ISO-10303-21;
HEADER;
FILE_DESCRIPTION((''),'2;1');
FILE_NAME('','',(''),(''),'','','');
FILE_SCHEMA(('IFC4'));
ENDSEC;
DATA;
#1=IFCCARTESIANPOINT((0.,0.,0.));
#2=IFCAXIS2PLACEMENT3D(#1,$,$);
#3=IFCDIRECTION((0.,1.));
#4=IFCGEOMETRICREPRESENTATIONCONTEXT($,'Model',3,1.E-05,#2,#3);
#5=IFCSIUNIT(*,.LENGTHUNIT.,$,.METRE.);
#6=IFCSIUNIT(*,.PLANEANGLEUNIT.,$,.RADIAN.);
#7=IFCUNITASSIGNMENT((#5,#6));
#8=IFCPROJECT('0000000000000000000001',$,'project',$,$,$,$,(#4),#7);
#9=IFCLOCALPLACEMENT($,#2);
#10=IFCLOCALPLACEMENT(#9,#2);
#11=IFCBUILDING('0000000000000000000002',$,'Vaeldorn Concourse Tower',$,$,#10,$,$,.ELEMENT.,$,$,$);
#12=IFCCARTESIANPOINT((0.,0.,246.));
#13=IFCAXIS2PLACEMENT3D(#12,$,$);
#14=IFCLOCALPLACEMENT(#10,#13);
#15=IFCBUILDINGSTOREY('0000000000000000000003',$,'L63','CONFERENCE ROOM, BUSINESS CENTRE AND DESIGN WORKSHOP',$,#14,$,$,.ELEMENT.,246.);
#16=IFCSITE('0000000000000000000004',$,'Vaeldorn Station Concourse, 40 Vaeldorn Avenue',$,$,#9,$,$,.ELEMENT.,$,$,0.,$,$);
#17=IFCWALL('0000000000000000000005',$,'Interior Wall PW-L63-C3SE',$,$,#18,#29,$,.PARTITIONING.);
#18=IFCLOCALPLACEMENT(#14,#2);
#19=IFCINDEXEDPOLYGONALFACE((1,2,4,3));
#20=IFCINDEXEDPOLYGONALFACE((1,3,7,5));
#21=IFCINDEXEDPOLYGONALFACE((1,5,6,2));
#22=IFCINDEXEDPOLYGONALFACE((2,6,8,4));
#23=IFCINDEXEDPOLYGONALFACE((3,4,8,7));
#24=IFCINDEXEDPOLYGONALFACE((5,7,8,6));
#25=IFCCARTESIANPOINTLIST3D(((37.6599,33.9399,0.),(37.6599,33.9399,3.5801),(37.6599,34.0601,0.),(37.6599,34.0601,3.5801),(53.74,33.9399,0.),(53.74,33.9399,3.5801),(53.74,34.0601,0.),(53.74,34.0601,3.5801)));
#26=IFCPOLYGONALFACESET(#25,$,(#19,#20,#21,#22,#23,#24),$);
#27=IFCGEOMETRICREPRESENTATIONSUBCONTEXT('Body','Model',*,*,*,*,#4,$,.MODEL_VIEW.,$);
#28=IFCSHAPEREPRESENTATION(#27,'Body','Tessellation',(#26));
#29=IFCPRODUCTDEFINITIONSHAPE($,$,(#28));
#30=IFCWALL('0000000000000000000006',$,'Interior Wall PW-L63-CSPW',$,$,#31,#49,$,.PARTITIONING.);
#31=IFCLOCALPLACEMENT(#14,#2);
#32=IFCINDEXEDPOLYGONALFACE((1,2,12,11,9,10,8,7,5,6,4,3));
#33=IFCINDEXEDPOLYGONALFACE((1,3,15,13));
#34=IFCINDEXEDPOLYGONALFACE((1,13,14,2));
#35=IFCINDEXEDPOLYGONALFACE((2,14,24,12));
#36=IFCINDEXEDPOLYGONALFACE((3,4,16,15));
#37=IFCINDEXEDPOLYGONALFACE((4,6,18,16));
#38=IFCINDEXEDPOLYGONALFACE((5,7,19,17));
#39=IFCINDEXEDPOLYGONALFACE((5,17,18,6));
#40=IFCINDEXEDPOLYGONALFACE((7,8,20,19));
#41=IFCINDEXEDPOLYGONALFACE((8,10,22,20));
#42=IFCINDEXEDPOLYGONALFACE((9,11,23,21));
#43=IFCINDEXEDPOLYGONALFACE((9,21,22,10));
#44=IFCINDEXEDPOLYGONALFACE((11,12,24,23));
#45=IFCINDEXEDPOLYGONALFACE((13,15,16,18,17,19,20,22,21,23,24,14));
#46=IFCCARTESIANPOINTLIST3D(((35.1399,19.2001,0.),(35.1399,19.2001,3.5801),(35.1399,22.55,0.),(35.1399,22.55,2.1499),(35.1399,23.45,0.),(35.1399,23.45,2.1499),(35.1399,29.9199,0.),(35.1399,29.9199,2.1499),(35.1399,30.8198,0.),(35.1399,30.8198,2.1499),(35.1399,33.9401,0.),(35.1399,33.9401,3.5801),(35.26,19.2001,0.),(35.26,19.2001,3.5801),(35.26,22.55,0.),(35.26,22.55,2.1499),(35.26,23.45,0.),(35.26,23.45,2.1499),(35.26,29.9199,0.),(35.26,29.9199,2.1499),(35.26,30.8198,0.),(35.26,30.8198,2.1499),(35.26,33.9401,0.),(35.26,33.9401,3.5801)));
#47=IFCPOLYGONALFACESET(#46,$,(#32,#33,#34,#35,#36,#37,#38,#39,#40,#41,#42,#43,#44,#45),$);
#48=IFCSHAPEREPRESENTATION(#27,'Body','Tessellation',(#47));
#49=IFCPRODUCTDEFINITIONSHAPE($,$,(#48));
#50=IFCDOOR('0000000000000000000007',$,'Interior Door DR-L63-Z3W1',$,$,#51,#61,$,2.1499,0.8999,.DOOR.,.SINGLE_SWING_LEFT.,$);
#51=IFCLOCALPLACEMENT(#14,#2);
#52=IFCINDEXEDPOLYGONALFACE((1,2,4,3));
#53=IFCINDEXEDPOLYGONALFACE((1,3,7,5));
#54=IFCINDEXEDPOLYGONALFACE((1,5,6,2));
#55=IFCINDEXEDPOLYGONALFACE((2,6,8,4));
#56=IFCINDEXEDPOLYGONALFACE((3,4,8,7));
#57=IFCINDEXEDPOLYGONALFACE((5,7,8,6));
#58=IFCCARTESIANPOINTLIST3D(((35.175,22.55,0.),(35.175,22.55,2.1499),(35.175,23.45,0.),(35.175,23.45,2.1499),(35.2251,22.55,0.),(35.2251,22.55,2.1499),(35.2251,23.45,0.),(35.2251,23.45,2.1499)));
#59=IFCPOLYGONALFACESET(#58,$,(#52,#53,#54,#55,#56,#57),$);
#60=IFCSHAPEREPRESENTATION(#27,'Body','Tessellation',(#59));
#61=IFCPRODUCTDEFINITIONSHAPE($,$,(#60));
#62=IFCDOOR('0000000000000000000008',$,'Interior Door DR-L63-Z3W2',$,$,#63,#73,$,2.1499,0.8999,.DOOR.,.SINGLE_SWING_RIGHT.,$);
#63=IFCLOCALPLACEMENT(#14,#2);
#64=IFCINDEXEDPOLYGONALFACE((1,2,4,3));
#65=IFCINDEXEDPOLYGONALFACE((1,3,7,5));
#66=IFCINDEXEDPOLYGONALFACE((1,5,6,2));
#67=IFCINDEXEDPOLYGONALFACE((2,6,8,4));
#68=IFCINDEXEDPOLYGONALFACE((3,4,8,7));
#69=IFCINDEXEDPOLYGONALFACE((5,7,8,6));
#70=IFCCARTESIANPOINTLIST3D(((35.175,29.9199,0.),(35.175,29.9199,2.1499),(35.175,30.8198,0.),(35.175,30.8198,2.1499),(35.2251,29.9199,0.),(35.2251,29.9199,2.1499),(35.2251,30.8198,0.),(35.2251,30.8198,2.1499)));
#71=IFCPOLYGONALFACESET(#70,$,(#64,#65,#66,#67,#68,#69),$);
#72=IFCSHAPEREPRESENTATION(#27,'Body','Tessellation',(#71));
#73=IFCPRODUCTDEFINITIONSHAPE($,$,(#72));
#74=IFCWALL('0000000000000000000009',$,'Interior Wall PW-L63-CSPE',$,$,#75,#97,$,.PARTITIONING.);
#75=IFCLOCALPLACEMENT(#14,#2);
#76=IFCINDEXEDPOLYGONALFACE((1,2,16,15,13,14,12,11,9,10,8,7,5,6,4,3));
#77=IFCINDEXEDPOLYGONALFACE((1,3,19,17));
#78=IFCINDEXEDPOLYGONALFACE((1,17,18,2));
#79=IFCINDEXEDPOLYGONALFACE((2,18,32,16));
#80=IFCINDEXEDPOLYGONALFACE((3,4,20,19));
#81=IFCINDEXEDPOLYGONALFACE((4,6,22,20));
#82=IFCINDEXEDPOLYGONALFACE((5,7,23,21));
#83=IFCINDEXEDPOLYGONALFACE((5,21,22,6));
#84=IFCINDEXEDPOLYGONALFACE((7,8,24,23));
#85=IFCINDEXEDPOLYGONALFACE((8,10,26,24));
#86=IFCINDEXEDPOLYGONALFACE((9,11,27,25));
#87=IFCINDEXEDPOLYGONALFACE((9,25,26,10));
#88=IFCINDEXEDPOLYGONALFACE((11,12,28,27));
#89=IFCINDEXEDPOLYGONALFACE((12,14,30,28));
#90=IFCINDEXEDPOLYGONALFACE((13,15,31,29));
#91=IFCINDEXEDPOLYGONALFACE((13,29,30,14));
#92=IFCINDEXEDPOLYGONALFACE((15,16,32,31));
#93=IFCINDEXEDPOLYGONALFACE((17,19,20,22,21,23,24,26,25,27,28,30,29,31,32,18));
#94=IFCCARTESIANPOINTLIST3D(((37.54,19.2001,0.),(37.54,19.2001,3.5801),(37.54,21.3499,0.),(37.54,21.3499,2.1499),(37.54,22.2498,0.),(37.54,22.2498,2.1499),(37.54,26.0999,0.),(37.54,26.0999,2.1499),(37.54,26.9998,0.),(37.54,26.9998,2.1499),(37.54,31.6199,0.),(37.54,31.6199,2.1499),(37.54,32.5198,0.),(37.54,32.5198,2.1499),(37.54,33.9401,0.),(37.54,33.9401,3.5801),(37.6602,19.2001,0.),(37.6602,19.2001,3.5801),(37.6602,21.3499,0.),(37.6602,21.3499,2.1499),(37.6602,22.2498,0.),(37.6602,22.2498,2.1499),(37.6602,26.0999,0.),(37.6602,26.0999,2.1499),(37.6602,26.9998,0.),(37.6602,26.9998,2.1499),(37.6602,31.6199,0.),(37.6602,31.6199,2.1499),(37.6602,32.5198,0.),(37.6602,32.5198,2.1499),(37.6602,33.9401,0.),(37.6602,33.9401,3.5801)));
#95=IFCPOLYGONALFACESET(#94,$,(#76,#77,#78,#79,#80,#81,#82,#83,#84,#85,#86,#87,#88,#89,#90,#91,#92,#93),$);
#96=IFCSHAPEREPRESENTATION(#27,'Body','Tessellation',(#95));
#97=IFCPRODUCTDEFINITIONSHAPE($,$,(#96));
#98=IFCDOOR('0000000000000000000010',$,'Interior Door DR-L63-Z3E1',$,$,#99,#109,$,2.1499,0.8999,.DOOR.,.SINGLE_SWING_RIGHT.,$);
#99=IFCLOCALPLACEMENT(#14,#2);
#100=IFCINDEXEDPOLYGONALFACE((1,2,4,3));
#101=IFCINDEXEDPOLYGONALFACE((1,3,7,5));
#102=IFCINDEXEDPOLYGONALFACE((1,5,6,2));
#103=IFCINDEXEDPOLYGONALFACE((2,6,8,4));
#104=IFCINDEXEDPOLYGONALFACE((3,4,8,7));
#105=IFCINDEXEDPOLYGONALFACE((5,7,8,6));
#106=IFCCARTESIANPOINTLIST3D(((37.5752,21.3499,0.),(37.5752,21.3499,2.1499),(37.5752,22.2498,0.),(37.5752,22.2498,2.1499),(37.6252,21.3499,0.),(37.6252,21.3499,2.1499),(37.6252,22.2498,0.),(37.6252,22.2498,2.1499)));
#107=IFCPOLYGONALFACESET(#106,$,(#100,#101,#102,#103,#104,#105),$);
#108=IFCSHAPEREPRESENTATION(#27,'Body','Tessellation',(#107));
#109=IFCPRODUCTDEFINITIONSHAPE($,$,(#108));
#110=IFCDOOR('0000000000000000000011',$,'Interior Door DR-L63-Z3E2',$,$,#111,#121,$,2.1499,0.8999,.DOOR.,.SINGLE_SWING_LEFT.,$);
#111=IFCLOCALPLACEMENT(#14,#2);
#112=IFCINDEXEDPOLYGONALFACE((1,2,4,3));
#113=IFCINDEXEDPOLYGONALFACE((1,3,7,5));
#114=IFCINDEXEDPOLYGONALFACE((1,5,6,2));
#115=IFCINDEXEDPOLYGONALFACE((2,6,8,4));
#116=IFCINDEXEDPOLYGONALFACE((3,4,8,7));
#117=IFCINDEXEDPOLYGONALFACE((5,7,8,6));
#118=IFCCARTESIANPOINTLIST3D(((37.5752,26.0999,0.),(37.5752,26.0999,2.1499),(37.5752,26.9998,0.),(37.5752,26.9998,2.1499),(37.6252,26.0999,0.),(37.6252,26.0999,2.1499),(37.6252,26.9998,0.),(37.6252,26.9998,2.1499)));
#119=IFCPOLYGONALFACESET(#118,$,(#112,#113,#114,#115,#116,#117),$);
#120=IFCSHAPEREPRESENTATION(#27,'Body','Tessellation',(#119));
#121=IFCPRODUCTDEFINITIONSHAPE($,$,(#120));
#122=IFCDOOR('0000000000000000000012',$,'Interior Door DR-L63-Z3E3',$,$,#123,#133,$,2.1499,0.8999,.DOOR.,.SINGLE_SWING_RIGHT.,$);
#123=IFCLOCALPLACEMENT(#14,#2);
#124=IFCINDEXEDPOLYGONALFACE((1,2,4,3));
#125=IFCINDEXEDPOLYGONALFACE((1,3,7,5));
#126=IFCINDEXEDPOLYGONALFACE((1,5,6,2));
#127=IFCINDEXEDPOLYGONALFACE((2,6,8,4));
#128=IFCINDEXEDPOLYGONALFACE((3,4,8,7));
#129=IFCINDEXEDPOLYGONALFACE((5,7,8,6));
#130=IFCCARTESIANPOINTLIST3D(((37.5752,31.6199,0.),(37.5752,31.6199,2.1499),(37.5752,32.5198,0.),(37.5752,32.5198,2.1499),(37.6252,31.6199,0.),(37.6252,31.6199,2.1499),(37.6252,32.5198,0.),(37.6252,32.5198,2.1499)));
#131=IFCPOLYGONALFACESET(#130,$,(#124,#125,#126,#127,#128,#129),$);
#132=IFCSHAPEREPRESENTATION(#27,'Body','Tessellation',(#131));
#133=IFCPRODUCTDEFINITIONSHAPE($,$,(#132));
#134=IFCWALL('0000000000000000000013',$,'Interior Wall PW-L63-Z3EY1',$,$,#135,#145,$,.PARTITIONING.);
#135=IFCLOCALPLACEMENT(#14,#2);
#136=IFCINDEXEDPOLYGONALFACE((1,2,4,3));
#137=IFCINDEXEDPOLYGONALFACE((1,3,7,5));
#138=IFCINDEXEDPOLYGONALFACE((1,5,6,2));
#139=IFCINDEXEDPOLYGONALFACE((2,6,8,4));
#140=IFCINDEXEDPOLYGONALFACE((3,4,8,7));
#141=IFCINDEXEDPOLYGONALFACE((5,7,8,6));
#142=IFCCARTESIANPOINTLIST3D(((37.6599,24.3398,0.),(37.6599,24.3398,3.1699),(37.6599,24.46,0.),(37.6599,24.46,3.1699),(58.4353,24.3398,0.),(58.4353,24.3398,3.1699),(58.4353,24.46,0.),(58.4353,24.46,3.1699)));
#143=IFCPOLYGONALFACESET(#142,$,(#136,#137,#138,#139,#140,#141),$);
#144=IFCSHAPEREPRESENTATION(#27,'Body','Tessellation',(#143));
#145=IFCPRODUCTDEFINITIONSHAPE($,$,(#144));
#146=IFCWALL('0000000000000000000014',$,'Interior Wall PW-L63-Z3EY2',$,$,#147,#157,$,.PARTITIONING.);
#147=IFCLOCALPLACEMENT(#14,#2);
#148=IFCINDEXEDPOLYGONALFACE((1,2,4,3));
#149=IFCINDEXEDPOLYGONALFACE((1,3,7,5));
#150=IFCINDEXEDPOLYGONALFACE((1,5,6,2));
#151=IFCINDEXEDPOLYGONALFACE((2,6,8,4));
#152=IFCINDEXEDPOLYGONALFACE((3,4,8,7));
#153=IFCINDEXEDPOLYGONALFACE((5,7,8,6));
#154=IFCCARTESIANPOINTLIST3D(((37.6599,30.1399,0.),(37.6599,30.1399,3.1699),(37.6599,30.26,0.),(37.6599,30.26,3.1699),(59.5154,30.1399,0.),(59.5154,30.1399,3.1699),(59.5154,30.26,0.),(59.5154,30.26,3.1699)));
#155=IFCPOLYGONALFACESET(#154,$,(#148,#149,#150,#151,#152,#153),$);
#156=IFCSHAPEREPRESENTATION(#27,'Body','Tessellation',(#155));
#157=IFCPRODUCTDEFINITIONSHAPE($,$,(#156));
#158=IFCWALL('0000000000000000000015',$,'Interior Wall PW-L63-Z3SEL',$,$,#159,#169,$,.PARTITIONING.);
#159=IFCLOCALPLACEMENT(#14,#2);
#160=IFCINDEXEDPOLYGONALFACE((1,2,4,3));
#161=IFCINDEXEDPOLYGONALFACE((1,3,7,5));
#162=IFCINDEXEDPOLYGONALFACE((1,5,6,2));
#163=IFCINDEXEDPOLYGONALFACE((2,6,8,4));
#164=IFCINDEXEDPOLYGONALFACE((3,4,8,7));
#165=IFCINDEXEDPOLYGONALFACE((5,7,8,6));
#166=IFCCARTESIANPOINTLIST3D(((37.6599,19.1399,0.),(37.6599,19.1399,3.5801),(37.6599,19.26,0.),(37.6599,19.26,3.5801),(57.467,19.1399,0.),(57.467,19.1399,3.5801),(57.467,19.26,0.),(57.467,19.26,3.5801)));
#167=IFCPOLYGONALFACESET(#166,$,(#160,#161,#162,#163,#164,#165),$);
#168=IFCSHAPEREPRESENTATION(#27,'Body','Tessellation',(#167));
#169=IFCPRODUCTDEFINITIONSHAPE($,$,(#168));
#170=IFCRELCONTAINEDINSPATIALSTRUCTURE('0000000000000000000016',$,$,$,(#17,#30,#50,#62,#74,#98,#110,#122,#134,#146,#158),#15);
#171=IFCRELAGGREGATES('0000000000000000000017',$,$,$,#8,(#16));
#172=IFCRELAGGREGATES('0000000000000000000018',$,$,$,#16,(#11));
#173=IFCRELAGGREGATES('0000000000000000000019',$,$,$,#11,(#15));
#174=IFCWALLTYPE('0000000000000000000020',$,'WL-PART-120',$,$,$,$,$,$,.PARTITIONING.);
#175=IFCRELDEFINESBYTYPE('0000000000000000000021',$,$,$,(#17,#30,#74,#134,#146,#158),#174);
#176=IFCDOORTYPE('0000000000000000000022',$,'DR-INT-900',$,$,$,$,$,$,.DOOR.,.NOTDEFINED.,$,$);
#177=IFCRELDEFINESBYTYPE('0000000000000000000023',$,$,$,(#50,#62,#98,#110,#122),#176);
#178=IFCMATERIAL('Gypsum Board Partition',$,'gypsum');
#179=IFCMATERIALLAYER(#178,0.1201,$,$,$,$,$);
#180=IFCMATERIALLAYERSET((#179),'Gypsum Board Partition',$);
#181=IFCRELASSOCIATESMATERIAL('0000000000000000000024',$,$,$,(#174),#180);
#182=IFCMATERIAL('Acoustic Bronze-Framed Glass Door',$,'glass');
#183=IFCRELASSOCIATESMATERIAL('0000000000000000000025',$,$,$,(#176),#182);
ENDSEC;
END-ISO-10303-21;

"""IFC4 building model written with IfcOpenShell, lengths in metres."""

from ifc_helpers import new_model, si_unit, direction, frame, frame_2d, origin, place, context, subcontext, project, spatial, rectangle, extrude, source, transform, mapped, material, layer, layer_set, type_object, element, fill, save


model = new_model("IFC4")

# Units and contexts
model_context = context("Model", 3, precision=1e-05, world=origin(), true_north=direction((0.0, 1.0)))
body_context = subcontext(model_context, "Body", "Model", "MODEL_VIEW")
ifc_project = project(units=[si_unit("LENGTHUNIT", "METRE"), si_unit("PLANEANGLEUNIT", "RADIAN")], contexts=[model_context])

# Site, building, storey
site_placement = place(None, origin())
site = spatial("IfcSite", under=ifc_project, at=site_placement, Name="Vaeldorn Station Concourse, 40 Vaeldorn Avenue", CompositionType="ELEMENT", RefElevation=0.0)
building_placement = place(site_placement, origin())
building = spatial("IfcBuilding", under=site, at=building_placement, Name="Vaeldorn Concourse Tower", CompositionType="ELEMENT")
storey_placement = place(building_placement, frame((0.0, 0.0, 246.0)))
storey = spatial("IfcBuildingStorey", under=building, at=storey_placement, Name="L63", Description="CONFERENCE ROOM, BUSINESS CENTRE AND DESIGN WORKSHOP", CompositionType="ELEMENT", Elevation=246.0)

# Wall
ifc_material_1 = material(Name="Gypsum Board Partition", Category="gypsum")
ifc_layer = layer(ifc_material_1, 0.1201)
ifc_layer_set = layer_set([ifc_layer], Name="Gypsum Board Partition")
wall_type = type_object("IfcWallType", Name="WL-PART-120", PredefinedType="PARTITIONING", material=ifc_layer_set)
wall_1_placement = place(storey_placement, frame((37.6599, 34.0, 0.0), z_axis=(0.0, 0.0, 1.0), x_axis=(1.0, 0.0, 0.0)))
element("IfcWall", 1, at=wall_1_placement, inside=storey, type_object=wall_type, Name="Interior Wall PW-L63-C3SE", PredefinedType="PARTITIONING", context=body_context, shape_type="SweptSolid", body=[
    extrude(rectangle(XDim=16.0801, YDim=0.1201, at=frame_2d((8.04, 0.0))), origin(), (0.0, 0.0, 1.0), 3.5801),
])

# Walls, openings, doors
wall_2_placement = place(storey_placement, frame((35.2, 19.2, 0.0), z_axis=(0.0, 0.0, 1.0), x_axis=(0.0, 1.0, 0.0)))
wall_2 = element("IfcWall", 2, at=wall_2_placement, inside=storey, type_object=wall_type, Name="Interior Wall PW-L63-CSPW", PredefinedType="PARTITIONING", context=body_context, shape_type="SweptSolid", body=[
    extrude(rectangle(XDim=14.74, YDim=0.1201, at=frame_2d((7.3701, 0.0))), origin(), (0.0, 0.0, 1.0), 3.5801),
])
opening_1_placement = place(wall_2_placement, frame((3.3501, 0.0, 0.0)))
opening_1 = element("IfcOpeningElement", 3, at=opening_1_placement, cuts=wall_2, PredefinedType="OPENING", context=body_context, shape_type="SweptSolid", body=[
    extrude(rectangle(XDim=0.8999, YDim=2.1499, at=frame_2d((0.45, 1.075))), frame((0.0, 0.0701, 0.0), z_axis=(0.0, -1.0, 0.0), x_axis=(1.0, 0.0, 0.0)), (0.0, 0.0, 1.0), 0.1401),
])
opening_2_placement = place(wall_2_placement, frame((10.72, 0.0, 0.0)))
opening_2 = element("IfcOpeningElement", 4, at=opening_2_placement, cuts=wall_2, PredefinedType="OPENING", context=body_context, shape_type="SweptSolid", body=[
    extrude(rectangle(XDim=0.8999, YDim=2.1499, at=frame_2d((0.45, 1.075))), frame((0.0, 0.0701, 0.0), z_axis=(0.0, -1.0, 0.0), x_axis=(1.0, 0.0, 0.0)), (0.0, 0.0, 1.0), 0.1401),
])
ifc_material_2 = material(Name="Acoustic Bronze-Framed Glass Door", Category="glass")
door_type = type_object("IfcDoorType", Name="DR-INT-900", OperationType="NOTDEFINED", PredefinedType="DOOR", material=ifc_material_2)
shared_shape_1 = source(origin(), body_context, "Body", "SweptSolid", [
    extrude(rectangle(XDim=0.8999, YDim=2.1499, at=frame_2d((0.45, 1.075))), frame((0.0, 0.0249, 0.0), z_axis=(0.0, -1.0, 0.0), x_axis=(1.0, 0.0, 0.0)), (0.0, 0.0, 1.0), 0.05),
])
door_1_placement = place(opening_1_placement, origin())
door_1 = element("IfcDoor", 5, at=door_1_placement, inside=storey, type_object=door_type, Name="Interior Door DR-L63-Z3W1", OperationType="SINGLE_SWING_LEFT", OverallHeight=2.1499, OverallWidth=0.8999, PredefinedType="DOOR", context=body_context, shape_type="MappedRepresentation", body=[
    mapped(shared_shape_1, transform((0.0, 0.0, 0.0), scale=1.0)),
])
fill(opening_1, door_1)
door_2_placement = place(opening_2_placement, origin())
door_2 = element("IfcDoor", 6, at=door_2_placement, inside=storey, type_object=door_type, Name="Interior Door DR-L63-Z3W2", OperationType="SINGLE_SWING_RIGHT", OverallHeight=2.1499, OverallWidth=0.8999, PredefinedType="DOOR", context=body_context, shape_type="MappedRepresentation", body=[
    mapped(shared_shape_1, transform((0.0, 0.0, 0.0), scale=1.0)),
])
fill(opening_2, door_2)
wall_3_placement = place(storey_placement, frame((37.6001, 19.2, 0.0), z_axis=(0.0, 0.0, 1.0), x_axis=(0.0, 1.0, 0.0)))
wall_3 = element("IfcWall", 7, at=wall_3_placement, inside=storey, type_object=wall_type, Name="Interior Wall PW-L63-CSPE", PredefinedType="PARTITIONING", context=body_context, shape_type="SweptSolid", body=[
    extrude(rectangle(XDim=14.74, YDim=0.1201, at=frame_2d((7.3701, 0.0))), origin(), (0.0, 0.0, 1.0), 3.5801),
])
opening_3_placement = place(wall_3_placement, frame((2.1499, 0.0, 0.0)))
opening_3 = element("IfcOpeningElement", 8, at=opening_3_placement, cuts=wall_3, PredefinedType="OPENING", context=body_context, shape_type="SweptSolid", body=[
    extrude(rectangle(XDim=0.8999, YDim=2.1499, at=frame_2d((0.45, 1.075))), frame((0.0, 0.0701, 0.0), z_axis=(0.0, -1.0, 0.0), x_axis=(1.0, 0.0, 0.0)), (0.0, 0.0, 1.0), 0.1401),
])
opening_4_placement = place(wall_3_placement, frame((6.8999, 0.0, 0.0)))
opening_4 = element("IfcOpeningElement", 9, at=opening_4_placement, cuts=wall_3, PredefinedType="OPENING", context=body_context, shape_type="SweptSolid", body=[
    extrude(rectangle(XDim=0.8999, YDim=2.1499, at=frame_2d((0.45, 1.075))), frame((0.0, 0.0701, 0.0), z_axis=(0.0, -1.0, 0.0), x_axis=(1.0, 0.0, 0.0)), (0.0, 0.0, 1.0), 0.1401),
])
opening_5_placement = place(wall_3_placement, frame((12.4199, 0.0, 0.0)))
opening_5 = element("IfcOpeningElement", 10, at=opening_5_placement, cuts=wall_3, PredefinedType="OPENING", context=body_context, shape_type="SweptSolid", body=[
    extrude(rectangle(XDim=0.8999, YDim=2.1499, at=frame_2d((0.45, 1.075))), frame((0.0, 0.0701, 0.0), z_axis=(0.0, -1.0, 0.0), x_axis=(1.0, 0.0, 0.0)), (0.0, 0.0, 1.0), 0.1401),
])
door_3_placement = place(opening_3_placement, origin())
door_3 = element("IfcDoor", 11, at=door_3_placement, inside=storey, type_object=door_type, Name="Interior Door DR-L63-Z3E1", OperationType="SINGLE_SWING_RIGHT", OverallHeight=2.1499, OverallWidth=0.8999, PredefinedType="DOOR", context=body_context, shape_type="MappedRepresentation", body=[
    mapped(shared_shape_1, transform((0.0, 0.0, 0.0), scale=1.0)),
])
fill(opening_3, door_3)
door_4_placement = place(opening_4_placement, origin())
door_4 = element("IfcDoor", 12, at=door_4_placement, inside=storey, type_object=door_type, Name="Interior Door DR-L63-Z3E2", OperationType="SINGLE_SWING_LEFT", OverallHeight=2.1499, OverallWidth=0.8999, PredefinedType="DOOR", context=body_context, shape_type="MappedRepresentation", body=[
    mapped(shared_shape_1, transform((0.0, 0.0, 0.0), scale=1.0)),
])
fill(opening_4, door_4)
door_5_placement = place(opening_5_placement, origin())
door_5 = element("IfcDoor", 13, at=door_5_placement, inside=storey, type_object=door_type, Name="Interior Door DR-L63-Z3E3", OperationType="SINGLE_SWING_RIGHT", OverallHeight=2.1499, OverallWidth=0.8999, PredefinedType="DOOR", context=body_context, shape_type="MappedRepresentation", body=[
    mapped(shared_shape_1, transform((0.0, 0.0, 0.0), scale=1.0)),
])
fill(opening_5, door_5)

# Walls
wall_4_placement = place(storey_placement, frame((37.6599, 24.3999, 0.0), z_axis=(0.0, 0.0, 1.0), x_axis=(1.0, 0.0, 0.0)))
element("IfcWall", 14, at=wall_4_placement, inside=storey, type_object=wall_type, Name="Interior Wall PW-L63-Z3EY1", PredefinedType="PARTITIONING", context=body_context, shape_type="SweptSolid", body=[
    extrude(rectangle(XDim=20.7754, YDim=0.1201, at=frame_2d((10.3877, 0.0))), origin(), (0.0, 0.0, 1.0), 3.1699),
])
wall_5_placement = place(storey_placement, frame((37.6599, 30.2, 0.0), z_axis=(0.0, 0.0, 1.0), x_axis=(1.0, 0.0, 0.0)))
element("IfcWall", 15, at=wall_5_placement, inside=storey, type_object=wall_type, Name="Interior Wall PW-L63-Z3EY2", PredefinedType="PARTITIONING", context=body_context, shape_type="SweptSolid", body=[
    extrude(rectangle(XDim=21.8555, YDim=0.1201, at=frame_2d((10.9277, 0.0))), origin(), (0.0, 0.0, 1.0), 3.1699),
])
wall_6_placement = place(storey_placement, frame((37.6599, 19.2, 0.0), z_axis=(0.0, 0.0, 1.0), x_axis=(1.0, 0.0, 0.0)))
element("IfcWall", 16, at=wall_6_placement, inside=storey, type_object=wall_type, Name="Interior Wall PW-L63-Z3SEL", PredefinedType="PARTITIONING", context=body_context, shape_type="SweptSolid", body=[
    extrude(rectangle(XDim=19.8071, YDim=0.1201, at=frame_2d((9.9036, 0.0))), origin(), (0.0, 0.0, 1.0), 3.5801),
])

save(model, "model.ifc")
